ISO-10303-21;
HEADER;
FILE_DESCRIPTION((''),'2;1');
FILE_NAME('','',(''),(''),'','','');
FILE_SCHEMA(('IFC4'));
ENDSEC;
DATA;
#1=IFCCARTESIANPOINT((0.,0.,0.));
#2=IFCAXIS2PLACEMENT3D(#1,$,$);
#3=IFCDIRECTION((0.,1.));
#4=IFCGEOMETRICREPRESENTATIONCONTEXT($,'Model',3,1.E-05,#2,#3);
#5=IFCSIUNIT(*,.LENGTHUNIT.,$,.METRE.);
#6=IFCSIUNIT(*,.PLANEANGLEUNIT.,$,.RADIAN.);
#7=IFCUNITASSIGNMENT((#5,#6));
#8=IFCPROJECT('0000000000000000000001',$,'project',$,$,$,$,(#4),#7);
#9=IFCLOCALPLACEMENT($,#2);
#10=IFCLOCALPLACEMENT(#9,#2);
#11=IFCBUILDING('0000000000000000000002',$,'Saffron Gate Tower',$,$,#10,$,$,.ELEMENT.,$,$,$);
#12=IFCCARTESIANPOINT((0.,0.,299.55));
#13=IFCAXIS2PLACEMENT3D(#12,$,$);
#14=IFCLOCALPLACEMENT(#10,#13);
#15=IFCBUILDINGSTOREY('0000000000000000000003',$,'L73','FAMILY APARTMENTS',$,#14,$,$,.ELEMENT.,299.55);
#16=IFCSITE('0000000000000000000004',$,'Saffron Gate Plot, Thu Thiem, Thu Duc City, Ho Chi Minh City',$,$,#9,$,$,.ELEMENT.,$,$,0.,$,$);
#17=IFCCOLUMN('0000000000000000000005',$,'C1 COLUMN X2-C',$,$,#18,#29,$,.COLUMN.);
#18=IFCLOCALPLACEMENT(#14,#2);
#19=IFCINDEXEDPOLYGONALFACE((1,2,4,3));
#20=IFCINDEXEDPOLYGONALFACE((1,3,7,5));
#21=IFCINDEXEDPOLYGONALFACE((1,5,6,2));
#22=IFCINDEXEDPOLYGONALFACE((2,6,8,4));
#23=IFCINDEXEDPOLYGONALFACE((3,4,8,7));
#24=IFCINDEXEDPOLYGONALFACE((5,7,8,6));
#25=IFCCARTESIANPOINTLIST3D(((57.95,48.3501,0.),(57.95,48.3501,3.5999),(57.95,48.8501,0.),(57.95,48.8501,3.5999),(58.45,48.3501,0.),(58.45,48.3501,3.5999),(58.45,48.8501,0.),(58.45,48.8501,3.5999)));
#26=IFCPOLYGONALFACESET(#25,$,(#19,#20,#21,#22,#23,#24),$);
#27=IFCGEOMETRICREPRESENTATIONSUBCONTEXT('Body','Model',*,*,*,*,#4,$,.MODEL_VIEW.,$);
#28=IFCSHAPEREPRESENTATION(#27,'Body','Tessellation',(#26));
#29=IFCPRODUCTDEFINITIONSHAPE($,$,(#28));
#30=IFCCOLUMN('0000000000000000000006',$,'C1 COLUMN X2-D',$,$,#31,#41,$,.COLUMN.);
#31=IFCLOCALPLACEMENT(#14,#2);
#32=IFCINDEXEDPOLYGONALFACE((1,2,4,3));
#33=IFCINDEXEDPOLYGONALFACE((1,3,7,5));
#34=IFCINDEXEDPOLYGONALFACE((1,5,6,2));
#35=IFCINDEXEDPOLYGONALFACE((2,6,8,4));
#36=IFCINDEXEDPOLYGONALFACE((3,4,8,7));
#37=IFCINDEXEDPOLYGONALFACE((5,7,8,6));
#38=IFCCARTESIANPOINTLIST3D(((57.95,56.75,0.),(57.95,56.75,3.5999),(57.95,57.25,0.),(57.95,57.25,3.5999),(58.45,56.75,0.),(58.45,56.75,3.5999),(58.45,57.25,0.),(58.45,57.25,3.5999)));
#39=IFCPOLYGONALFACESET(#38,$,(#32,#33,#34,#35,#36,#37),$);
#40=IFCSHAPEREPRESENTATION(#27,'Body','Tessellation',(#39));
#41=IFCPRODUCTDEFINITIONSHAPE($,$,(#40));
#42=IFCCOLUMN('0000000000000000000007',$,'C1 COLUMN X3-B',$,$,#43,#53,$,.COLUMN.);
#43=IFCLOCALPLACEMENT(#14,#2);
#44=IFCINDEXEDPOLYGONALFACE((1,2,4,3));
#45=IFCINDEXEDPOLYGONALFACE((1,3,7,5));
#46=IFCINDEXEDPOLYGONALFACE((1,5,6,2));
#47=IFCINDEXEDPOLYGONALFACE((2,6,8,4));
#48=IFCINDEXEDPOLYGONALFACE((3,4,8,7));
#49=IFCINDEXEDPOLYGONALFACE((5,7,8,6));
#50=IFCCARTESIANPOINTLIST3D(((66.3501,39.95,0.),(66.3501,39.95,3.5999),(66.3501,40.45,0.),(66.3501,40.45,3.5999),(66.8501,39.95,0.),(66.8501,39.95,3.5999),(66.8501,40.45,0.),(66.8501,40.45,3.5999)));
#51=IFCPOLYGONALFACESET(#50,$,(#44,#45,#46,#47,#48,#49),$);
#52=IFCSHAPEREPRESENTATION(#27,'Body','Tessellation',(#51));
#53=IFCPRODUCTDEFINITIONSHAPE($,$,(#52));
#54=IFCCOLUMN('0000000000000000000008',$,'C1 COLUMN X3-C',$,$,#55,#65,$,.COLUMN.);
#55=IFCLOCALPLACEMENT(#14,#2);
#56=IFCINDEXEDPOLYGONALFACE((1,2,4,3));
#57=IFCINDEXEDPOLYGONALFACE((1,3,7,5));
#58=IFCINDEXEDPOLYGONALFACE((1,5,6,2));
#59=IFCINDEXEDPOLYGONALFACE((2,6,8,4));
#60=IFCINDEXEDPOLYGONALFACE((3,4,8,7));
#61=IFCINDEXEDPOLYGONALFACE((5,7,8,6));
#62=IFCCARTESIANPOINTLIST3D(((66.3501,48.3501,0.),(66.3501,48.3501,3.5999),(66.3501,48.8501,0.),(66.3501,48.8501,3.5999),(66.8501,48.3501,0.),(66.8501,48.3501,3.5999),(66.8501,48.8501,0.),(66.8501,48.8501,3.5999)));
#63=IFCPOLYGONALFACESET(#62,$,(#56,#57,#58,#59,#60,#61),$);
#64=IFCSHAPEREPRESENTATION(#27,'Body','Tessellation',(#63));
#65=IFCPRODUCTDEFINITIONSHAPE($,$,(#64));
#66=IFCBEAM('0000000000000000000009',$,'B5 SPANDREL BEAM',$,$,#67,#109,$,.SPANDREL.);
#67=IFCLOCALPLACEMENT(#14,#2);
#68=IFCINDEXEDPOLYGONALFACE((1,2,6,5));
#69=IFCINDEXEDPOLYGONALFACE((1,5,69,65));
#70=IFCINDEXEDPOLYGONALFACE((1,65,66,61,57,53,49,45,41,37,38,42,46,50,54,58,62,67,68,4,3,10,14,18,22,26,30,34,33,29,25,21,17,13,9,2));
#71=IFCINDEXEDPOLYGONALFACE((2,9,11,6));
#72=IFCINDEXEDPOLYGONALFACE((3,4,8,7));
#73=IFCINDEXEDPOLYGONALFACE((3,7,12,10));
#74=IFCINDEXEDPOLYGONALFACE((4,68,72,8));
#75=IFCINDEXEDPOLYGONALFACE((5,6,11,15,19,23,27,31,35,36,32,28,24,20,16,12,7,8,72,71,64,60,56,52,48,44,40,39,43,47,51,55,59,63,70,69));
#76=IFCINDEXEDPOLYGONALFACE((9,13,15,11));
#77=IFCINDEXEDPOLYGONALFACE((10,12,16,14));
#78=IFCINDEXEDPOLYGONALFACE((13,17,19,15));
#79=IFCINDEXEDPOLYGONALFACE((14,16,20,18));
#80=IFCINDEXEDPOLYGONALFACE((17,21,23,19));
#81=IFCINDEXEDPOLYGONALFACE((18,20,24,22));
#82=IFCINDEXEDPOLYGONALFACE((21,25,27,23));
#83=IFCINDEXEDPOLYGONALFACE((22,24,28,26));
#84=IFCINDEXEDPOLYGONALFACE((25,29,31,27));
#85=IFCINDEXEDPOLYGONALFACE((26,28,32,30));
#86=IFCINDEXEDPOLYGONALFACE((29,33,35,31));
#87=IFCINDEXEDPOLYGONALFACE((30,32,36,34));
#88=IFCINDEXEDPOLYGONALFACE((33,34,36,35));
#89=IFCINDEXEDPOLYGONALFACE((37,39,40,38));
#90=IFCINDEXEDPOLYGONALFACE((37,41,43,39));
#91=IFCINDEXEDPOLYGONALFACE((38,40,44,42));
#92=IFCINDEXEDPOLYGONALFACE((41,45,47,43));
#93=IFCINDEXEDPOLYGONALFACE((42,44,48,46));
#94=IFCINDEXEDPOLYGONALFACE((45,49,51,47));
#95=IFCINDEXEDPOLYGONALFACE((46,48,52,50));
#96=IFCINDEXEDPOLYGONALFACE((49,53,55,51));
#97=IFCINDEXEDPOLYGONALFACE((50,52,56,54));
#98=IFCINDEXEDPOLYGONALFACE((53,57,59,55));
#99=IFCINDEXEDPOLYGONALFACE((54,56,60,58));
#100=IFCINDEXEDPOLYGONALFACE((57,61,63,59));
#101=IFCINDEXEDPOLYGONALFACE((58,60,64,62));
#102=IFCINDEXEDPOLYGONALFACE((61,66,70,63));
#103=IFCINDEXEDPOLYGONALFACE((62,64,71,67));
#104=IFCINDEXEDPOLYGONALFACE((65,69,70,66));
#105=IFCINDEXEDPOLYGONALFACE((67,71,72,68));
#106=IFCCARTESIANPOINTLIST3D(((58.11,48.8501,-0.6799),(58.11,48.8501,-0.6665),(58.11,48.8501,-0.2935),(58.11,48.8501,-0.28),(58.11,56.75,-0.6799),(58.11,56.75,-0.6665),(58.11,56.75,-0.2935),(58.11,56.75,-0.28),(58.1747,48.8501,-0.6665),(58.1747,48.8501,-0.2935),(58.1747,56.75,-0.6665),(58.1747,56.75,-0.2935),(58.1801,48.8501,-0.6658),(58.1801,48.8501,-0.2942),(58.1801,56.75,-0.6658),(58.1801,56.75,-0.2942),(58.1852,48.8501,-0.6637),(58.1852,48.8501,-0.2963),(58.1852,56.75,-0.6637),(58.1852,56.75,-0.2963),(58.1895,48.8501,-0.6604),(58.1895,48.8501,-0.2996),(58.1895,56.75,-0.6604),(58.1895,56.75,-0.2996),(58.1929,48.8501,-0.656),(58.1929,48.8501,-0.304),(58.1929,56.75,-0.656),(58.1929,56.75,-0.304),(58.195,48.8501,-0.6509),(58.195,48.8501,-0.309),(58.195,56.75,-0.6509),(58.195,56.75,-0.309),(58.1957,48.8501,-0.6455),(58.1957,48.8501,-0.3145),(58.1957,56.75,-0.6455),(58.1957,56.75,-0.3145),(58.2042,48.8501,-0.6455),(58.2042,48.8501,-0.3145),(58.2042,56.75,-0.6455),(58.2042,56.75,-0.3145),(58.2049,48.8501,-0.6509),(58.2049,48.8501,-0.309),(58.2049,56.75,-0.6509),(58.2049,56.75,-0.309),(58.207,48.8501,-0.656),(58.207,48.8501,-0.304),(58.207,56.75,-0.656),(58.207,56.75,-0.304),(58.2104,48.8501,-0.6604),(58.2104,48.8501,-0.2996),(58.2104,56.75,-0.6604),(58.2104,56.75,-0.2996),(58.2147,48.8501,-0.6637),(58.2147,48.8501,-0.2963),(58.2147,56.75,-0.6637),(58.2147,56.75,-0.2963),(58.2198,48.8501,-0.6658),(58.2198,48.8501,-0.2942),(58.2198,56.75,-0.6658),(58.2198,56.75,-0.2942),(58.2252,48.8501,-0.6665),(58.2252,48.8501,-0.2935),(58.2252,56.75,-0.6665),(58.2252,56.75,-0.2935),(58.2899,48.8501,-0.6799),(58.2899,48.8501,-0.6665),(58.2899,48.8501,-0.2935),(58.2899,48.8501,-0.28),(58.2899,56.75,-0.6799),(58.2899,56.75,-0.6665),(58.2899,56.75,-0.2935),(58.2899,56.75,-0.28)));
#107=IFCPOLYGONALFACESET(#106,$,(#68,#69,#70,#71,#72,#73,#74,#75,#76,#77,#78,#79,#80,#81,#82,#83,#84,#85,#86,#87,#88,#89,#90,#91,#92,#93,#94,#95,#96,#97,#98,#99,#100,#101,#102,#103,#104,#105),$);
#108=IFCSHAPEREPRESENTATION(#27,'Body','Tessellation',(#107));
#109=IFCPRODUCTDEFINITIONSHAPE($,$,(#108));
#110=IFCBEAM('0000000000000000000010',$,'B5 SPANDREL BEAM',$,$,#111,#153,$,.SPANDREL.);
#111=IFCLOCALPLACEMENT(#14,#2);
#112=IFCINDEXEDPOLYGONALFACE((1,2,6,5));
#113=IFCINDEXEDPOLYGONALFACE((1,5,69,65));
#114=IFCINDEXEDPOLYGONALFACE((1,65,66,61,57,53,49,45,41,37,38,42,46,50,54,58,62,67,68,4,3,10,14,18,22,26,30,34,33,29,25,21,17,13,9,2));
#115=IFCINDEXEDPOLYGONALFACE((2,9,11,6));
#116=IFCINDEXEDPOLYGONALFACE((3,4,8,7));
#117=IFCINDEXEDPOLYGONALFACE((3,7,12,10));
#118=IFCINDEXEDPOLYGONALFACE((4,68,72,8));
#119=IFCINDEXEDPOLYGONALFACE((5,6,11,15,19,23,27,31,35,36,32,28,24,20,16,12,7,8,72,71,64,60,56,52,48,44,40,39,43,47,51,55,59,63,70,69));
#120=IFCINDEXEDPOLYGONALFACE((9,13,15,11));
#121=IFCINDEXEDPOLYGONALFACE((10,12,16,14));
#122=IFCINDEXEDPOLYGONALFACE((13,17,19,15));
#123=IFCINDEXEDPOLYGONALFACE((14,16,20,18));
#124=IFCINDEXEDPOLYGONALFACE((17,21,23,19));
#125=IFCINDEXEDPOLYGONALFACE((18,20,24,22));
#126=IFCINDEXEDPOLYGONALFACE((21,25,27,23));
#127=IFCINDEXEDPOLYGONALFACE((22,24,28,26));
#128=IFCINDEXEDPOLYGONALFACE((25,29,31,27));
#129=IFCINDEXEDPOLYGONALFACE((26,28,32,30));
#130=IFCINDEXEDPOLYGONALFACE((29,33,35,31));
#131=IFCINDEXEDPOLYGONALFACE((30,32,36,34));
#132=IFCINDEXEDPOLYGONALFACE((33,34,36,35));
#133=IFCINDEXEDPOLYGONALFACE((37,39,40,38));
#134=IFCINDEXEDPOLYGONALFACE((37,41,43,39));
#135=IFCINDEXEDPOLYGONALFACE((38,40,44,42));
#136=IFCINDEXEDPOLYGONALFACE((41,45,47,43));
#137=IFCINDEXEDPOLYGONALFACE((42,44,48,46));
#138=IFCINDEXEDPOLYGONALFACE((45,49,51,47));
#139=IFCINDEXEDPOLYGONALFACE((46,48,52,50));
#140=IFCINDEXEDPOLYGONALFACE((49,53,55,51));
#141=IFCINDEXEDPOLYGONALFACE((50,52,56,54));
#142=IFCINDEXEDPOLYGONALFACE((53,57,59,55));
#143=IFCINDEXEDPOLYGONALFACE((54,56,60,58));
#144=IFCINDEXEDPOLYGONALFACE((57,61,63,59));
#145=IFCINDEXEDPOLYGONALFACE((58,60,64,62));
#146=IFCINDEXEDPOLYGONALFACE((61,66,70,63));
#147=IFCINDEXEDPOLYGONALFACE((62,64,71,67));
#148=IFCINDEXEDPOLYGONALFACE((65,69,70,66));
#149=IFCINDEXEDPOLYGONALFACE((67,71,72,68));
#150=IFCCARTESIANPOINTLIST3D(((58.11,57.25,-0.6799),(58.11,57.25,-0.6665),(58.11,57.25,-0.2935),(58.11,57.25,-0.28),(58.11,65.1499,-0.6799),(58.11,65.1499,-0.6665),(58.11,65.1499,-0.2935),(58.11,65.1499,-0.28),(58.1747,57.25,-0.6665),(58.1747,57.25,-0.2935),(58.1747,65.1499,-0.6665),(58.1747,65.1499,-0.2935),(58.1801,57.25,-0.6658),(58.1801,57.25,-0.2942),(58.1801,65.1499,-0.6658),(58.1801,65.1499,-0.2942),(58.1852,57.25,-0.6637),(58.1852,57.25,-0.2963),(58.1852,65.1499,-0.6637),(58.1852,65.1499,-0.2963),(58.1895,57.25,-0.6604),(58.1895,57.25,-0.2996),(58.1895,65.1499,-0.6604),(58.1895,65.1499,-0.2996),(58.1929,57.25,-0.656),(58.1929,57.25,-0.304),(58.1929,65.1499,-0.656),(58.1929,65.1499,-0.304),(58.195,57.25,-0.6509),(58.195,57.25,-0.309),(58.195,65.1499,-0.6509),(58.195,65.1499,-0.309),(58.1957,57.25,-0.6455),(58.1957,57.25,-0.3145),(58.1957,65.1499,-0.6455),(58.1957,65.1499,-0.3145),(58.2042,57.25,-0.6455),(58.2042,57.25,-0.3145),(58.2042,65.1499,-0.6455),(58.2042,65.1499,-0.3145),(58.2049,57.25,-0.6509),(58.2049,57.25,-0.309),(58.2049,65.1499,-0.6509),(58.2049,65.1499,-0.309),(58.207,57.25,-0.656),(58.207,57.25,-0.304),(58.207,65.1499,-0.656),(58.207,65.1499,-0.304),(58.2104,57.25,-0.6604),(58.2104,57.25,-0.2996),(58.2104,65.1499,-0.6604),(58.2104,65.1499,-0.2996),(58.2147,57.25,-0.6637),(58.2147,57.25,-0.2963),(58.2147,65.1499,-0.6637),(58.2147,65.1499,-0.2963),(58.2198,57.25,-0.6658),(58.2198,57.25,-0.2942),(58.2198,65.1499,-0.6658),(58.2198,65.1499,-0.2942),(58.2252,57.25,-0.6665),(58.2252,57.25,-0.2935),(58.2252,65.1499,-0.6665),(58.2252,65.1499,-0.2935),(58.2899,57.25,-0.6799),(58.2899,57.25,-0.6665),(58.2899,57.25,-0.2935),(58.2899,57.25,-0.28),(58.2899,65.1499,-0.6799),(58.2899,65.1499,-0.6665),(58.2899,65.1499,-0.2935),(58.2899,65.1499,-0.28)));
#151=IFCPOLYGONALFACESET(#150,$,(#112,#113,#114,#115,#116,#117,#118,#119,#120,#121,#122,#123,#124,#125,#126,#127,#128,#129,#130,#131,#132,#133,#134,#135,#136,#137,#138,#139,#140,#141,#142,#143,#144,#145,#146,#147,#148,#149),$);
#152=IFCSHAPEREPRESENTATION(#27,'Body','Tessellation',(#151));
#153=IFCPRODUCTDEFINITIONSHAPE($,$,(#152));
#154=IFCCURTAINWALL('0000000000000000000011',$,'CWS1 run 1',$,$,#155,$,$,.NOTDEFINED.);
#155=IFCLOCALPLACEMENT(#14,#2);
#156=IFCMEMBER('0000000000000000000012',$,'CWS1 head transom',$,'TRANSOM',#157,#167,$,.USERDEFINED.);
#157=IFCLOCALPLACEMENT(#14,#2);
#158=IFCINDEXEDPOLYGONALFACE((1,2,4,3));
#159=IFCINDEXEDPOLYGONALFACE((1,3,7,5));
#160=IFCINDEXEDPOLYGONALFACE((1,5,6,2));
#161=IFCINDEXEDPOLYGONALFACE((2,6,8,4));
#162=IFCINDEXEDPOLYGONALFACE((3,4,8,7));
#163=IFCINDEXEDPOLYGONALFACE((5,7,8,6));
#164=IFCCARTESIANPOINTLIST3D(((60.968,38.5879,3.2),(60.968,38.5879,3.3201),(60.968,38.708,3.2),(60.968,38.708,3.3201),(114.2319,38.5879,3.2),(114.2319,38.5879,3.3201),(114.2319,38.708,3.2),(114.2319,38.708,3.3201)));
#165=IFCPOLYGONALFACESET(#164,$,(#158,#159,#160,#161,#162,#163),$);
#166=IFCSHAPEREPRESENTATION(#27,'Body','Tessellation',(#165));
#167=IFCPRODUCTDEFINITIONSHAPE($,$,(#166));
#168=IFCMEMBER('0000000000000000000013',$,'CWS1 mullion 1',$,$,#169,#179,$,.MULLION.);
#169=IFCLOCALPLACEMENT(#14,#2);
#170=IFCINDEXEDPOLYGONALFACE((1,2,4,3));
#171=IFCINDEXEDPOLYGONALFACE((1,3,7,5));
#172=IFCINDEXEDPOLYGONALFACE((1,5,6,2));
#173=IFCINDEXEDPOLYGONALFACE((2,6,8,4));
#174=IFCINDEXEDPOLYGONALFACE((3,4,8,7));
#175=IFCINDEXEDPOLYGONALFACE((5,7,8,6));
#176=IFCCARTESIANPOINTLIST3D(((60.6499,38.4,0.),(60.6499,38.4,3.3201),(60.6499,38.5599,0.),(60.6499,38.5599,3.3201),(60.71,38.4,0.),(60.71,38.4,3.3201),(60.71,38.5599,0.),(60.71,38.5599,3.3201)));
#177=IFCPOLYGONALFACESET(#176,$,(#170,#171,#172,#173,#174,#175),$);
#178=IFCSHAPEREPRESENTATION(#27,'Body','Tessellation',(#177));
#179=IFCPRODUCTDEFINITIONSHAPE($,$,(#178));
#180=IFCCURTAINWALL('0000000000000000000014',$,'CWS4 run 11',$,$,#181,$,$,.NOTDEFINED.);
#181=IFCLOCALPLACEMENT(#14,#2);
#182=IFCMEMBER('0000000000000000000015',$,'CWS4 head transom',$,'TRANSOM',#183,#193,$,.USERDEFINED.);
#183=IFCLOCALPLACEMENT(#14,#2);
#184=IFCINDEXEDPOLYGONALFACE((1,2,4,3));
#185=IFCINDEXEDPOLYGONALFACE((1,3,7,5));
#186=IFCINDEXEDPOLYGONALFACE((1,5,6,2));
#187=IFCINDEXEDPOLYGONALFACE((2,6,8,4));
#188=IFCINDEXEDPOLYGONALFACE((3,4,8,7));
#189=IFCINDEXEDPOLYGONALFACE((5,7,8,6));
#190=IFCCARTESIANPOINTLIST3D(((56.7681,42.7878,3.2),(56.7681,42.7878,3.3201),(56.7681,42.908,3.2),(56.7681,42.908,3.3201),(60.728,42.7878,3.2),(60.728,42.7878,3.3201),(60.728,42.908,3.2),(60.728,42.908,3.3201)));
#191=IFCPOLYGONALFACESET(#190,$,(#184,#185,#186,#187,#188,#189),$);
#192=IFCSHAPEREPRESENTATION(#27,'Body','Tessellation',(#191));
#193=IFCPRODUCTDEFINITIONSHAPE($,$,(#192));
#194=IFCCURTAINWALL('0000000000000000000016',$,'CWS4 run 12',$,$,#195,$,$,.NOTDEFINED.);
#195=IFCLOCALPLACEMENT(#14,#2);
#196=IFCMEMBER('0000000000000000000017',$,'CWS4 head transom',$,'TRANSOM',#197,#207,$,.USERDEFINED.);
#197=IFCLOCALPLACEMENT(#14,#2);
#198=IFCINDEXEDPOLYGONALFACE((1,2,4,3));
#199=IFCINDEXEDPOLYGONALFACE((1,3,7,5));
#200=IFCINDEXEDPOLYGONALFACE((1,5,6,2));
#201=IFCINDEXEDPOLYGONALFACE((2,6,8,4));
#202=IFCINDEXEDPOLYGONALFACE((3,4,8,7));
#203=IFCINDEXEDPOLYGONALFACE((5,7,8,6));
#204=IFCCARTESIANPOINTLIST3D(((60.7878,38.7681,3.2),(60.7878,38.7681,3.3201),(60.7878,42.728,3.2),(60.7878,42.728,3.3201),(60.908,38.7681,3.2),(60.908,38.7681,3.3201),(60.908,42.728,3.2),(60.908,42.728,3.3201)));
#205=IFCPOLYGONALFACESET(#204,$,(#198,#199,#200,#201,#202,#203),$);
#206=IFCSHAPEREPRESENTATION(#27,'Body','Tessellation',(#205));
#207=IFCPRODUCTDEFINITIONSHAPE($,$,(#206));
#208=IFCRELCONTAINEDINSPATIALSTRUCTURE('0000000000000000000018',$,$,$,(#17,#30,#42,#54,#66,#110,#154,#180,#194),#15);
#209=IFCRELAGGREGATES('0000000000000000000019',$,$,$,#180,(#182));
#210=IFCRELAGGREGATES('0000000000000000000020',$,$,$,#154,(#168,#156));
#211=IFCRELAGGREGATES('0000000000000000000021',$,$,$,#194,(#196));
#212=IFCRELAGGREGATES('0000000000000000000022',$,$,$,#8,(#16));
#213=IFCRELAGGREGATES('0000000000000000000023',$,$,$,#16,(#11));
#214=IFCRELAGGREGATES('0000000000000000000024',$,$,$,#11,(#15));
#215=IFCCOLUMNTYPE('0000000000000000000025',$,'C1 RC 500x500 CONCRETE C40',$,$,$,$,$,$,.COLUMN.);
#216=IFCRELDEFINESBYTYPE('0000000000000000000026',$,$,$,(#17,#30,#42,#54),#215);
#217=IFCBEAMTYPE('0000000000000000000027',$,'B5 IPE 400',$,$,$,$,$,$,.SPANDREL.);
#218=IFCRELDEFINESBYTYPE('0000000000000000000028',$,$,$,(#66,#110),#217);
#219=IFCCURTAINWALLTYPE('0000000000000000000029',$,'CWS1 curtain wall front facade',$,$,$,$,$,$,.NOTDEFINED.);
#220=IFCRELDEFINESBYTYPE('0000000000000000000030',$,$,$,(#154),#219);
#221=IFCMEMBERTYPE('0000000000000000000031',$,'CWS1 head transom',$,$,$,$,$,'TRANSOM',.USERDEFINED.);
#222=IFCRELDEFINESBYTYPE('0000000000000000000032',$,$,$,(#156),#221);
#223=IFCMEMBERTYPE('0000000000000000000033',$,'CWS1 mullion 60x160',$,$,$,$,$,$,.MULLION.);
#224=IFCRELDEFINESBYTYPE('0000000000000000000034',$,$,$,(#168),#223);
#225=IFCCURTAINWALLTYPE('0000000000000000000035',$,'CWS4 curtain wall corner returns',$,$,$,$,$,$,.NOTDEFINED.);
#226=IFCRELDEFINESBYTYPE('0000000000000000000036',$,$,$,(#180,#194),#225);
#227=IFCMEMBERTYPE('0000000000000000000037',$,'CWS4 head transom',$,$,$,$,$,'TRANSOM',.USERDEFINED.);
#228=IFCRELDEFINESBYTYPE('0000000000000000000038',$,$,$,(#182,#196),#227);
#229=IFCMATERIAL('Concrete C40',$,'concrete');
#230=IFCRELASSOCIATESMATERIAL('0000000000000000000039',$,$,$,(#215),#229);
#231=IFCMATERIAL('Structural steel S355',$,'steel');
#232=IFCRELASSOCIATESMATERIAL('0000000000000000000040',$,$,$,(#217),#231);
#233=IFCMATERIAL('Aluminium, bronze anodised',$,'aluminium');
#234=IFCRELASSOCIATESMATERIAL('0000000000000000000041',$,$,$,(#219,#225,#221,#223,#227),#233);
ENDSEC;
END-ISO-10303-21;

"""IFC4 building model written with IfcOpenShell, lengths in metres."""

from ifc_helpers import new_model, si_unit, direction, frame, origin, origin_2d, place, context, subcontext, project, spatial, rectangle, i_section, extrude, material, material_profile, profile_set, type_object, element, aggregate, save


model = new_model("IFC4")

# Units and contexts
model_context = context("Model", 3, precision=1e-05, world=origin(), true_north=direction((0.0, 1.0)))
body_context = subcontext(model_context, "Body", "Model", "MODEL_VIEW")
ifc_project = project(units=[si_unit("LENGTHUNIT", "METRE"), si_unit("PLANEANGLEUNIT", "RADIAN")], contexts=[model_context])

# Site, building, storey
site_placement = place(None, origin())
site = spatial("IfcSite", under=ifc_project, at=site_placement, Name="Saffron Gate Plot, Thu Thiem, Thu Duc City, Ho Chi Minh City", CompositionType="ELEMENT", RefElevation=0.0)
building_placement = place(site_placement, origin())
building = spatial("IfcBuilding", under=site, at=building_placement, Name="Saffron Gate Tower", CompositionType="ELEMENT")
storey_placement = place(building_placement, frame((0.0, 0.0, 299.55)))
storey = spatial("IfcBuildingStorey", under=building, at=storey_placement, Name="L73", Description="FAMILY APARTMENTS", CompositionType="ELEMENT", Elevation=299.55)

# Columns
ifc_material_1 = material(Name="Concrete C40", Category="concrete")
ifc_material_profile_1 = material_profile(ifc_material_1, rectangle(XDim=0.5, YDim=0.5, at=origin_2d()))
ifc_profile_set_1 = profile_set([ifc_material_profile_1], Name="Concrete C40")
column_type = type_object("IfcColumnType", Name="C1 RC 500x500 CONCRETE C40", PredefinedType="COLUMN", material=ifc_profile_set_1)
for number, where, z_axis, x_axis, name in (
    (1, (58.2, 48.6001, 0.0), (0.0, 0.0, 1.0), (1.0, 0.0, 0.0), "C1 COLUMN X2-C"),
    (2, (58.2, 57.0, 0.0), (0.0, 0.0, 1.0), (1.0, 0.0, 0.0), "C1 COLUMN X2-D"),
    (3, (66.6001, 40.2, 0.0), (0.0, 0.0, 1.0), (1.0, 0.0, 0.0), "C1 COLUMN X3-B"),
    (4, (66.6001, 48.6001, 0.0), (0.0, 0.0, 1.0), (1.0, 0.0, 0.0), "C1 COLUMN X3-C"),
):
    element("IfcColumn", number, at=place(storey_placement, frame(where, z_axis=z_axis, x_axis=x_axis)), inside=storey, type_object=column_type, Name=name, PredefinedType="COLUMN", context=body_context, shape_type="SweptSolid", body=[
        extrude(rectangle(XDim=0.5, YDim=0.5, at=origin_2d()), origin(), (0.0, 0.0, 1.0), 3.5999),
    ])

# Beams
ifc_material_2 = material(Name="Structural steel S355", Category="steel")
ifc_material_profile_2 = material_profile(ifc_material_2, i_section(OverallWidth=0.1799, OverallDepth=0.3999, WebThickness=0.0085, FlangeThickness=0.0134, FilletRadius=0.021, at=origin_2d()))
ifc_profile_set_2 = profile_set([ifc_material_profile_2], Name="Structural steel S355")
beam_type = type_object("IfcBeamType", Name="B5 IPE 400", PredefinedType="SPANDREL", material=ifc_profile_set_2)
for number, where, z_axis, x_axis, name in (
    (5, (58.2, 48.8501, -0.48), (0.0, 1.0, 0.0), (-1.0, 0.0, 0.0), "B5 SPANDREL BEAM"),
    (6, (58.2, 57.25, -0.48), (0.0, 1.0, 0.0), (-1.0, 0.0, 0.0), "B5 SPANDREL BEAM"),
):
    element("IfcBeam", number, at=place(storey_placement, frame(where, z_axis=z_axis, x_axis=x_axis)), inside=storey, type_object=beam_type, Name=name, PredefinedType="SPANDREL", context=body_context, shape_type="SweptSolid", body=[
        extrude(i_section(OverallWidth=0.1799, OverallDepth=0.3999, WebThickness=0.0085, FlangeThickness=0.0134, FilletRadius=0.021, at=origin_2d()), origin(), (0.0, 0.0, 1.0), 7.8999),
    ])

# Curtain wall, members
ifc_material_3 = material(Name="Aluminium, bronze anodised", Category="aluminium")
curtain_wall_type_1 = type_object("IfcCurtainWallType", Name="CWS1 curtain wall front facade", PredefinedType="NOTDEFINED", material=ifc_material_3)
curtain_wall_1_placement = place(storey_placement, origin())
curtain_wall_1 = element("IfcCurtainWall", 7, at=curtain_wall_1_placement, inside=storey, type_object=curtain_wall_type_1, Name="CWS1 run 1", PredefinedType="NOTDEFINED")
ifc_material_profile_3 = material_profile(ifc_material_3, rectangle(XDim=0.1201, YDim=0.1201, at=origin_2d()))
ifc_profile_set_3 = profile_set([ifc_material_profile_3], Name="Aluminium, bronze anodised")
member_type_1 = type_object("IfcMemberType", Name="CWS1 head transom", ElementType="TRANSOM", PredefinedType="USERDEFINED", material=ifc_profile_set_3)
member_1_placement = place(storey_placement, frame((60.968, 38.6479, 3.26), z_axis=(1.0, 0.0, 0.0), x_axis=(0.0, 1.0, 0.0)))
member_1 = element("IfcMember", 8, at=member_1_placement, type_object=member_type_1, Name="CWS1 head transom", ObjectType="TRANSOM", PredefinedType="USERDEFINED", context=body_context, shape_type="SweptSolid", body=[
    extrude(rectangle(XDim=0.1201, YDim=0.1201, at=origin_2d()), origin(), (0.0, 0.0, 1.0), 53.2639),
])
ifc_material_profile_4 = material_profile(ifc_material_3, rectangle(XDim=0.1599, YDim=0.0601, at=origin_2d()))
ifc_profile_set_4 = profile_set([ifc_material_profile_4], Name="Aluminium, bronze anodised")
member_type_2 = type_object("IfcMemberType", Name="CWS1 mullion 60x160", PredefinedType="MULLION", material=ifc_profile_set_4)
member_2_placement = place(storey_placement, frame((60.6799, 38.48, 0.0), z_axis=(0.0, 0.0, 1.0), x_axis=(0.0, 1.0, 0.0)))
member_2 = element("IfcMember", 9, at=member_2_placement, type_object=member_type_2, Name="CWS1 mullion 1", PredefinedType="MULLION", context=body_context, shape_type="SweptSolid", body=[
    extrude(rectangle(XDim=0.1599, YDim=0.0601, at=origin_2d()), origin(), (0.0, 0.0, 1.0), 3.3201),
])

# Curtain walls, members
curtain_wall_type_2 = type_object("IfcCurtainWallType", Name="CWS4 curtain wall corner returns", PredefinedType="NOTDEFINED", material=ifc_material_3)
curtain_wall_2_placement = place(storey_placement, origin())
curtain_wall_2 = element("IfcCurtainWall", 10, at=curtain_wall_2_placement, inside=storey, type_object=curtain_wall_type_2, Name="CWS4 run 11", PredefinedType="NOTDEFINED")
ifc_material_profile_5 = material_profile(ifc_material_3, rectangle(XDim=0.1201, YDim=0.1201, at=origin_2d()))
ifc_profile_set_5 = profile_set([ifc_material_profile_5], Name="Aluminium, bronze anodised")
member_type_3 = type_object("IfcMemberType", Name="CWS4 head transom", ElementType="TRANSOM", PredefinedType="USERDEFINED", material=ifc_profile_set_5)
member_3_placement = place(storey_placement, frame((56.7681, 42.8479, 3.26), z_axis=(1.0, 0.0, 0.0), x_axis=(0.0, 1.0, 0.0)))
member_3 = element("IfcMember", 11, at=member_3_placement, type_object=member_type_3, Name="CWS4 head transom", ObjectType="TRANSOM", PredefinedType="USERDEFINED", context=body_context, shape_type="SweptSolid", body=[
    extrude(rectangle(XDim=0.1201, YDim=0.1201, at=origin_2d()), origin(), (0.0, 0.0, 1.0), 3.96),
])
curtain_wall_3_placement = place(storey_placement, origin())
curtain_wall_3 = element("IfcCurtainWall", 12, at=curtain_wall_3_placement, inside=storey, type_object=curtain_wall_type_2, Name="CWS4 run 12", PredefinedType="NOTDEFINED")
member_4_placement = place(storey_placement, frame((60.8479, 42.728, 3.26), z_axis=(0.0, -1.0, 0.0), x_axis=(1.0, 0.0, 0.0)))
member_4 = element("IfcMember", 13, at=member_4_placement, type_object=member_type_3, Name="CWS4 head transom", ObjectType="TRANSOM", PredefinedType="USERDEFINED", context=body_context, shape_type="SweptSolid", body=[
    extrude(rectangle(XDim=0.1201, YDim=0.1201, at=origin_2d()), origin(), (0.0, 0.0, 1.0), 3.96),
])

aggregate(curtain_wall_2, [member_3])

aggregate(curtain_wall_1, [member_2, member_1])

aggregate(curtain_wall_3, [member_4])

save(model, "model.ifc")
